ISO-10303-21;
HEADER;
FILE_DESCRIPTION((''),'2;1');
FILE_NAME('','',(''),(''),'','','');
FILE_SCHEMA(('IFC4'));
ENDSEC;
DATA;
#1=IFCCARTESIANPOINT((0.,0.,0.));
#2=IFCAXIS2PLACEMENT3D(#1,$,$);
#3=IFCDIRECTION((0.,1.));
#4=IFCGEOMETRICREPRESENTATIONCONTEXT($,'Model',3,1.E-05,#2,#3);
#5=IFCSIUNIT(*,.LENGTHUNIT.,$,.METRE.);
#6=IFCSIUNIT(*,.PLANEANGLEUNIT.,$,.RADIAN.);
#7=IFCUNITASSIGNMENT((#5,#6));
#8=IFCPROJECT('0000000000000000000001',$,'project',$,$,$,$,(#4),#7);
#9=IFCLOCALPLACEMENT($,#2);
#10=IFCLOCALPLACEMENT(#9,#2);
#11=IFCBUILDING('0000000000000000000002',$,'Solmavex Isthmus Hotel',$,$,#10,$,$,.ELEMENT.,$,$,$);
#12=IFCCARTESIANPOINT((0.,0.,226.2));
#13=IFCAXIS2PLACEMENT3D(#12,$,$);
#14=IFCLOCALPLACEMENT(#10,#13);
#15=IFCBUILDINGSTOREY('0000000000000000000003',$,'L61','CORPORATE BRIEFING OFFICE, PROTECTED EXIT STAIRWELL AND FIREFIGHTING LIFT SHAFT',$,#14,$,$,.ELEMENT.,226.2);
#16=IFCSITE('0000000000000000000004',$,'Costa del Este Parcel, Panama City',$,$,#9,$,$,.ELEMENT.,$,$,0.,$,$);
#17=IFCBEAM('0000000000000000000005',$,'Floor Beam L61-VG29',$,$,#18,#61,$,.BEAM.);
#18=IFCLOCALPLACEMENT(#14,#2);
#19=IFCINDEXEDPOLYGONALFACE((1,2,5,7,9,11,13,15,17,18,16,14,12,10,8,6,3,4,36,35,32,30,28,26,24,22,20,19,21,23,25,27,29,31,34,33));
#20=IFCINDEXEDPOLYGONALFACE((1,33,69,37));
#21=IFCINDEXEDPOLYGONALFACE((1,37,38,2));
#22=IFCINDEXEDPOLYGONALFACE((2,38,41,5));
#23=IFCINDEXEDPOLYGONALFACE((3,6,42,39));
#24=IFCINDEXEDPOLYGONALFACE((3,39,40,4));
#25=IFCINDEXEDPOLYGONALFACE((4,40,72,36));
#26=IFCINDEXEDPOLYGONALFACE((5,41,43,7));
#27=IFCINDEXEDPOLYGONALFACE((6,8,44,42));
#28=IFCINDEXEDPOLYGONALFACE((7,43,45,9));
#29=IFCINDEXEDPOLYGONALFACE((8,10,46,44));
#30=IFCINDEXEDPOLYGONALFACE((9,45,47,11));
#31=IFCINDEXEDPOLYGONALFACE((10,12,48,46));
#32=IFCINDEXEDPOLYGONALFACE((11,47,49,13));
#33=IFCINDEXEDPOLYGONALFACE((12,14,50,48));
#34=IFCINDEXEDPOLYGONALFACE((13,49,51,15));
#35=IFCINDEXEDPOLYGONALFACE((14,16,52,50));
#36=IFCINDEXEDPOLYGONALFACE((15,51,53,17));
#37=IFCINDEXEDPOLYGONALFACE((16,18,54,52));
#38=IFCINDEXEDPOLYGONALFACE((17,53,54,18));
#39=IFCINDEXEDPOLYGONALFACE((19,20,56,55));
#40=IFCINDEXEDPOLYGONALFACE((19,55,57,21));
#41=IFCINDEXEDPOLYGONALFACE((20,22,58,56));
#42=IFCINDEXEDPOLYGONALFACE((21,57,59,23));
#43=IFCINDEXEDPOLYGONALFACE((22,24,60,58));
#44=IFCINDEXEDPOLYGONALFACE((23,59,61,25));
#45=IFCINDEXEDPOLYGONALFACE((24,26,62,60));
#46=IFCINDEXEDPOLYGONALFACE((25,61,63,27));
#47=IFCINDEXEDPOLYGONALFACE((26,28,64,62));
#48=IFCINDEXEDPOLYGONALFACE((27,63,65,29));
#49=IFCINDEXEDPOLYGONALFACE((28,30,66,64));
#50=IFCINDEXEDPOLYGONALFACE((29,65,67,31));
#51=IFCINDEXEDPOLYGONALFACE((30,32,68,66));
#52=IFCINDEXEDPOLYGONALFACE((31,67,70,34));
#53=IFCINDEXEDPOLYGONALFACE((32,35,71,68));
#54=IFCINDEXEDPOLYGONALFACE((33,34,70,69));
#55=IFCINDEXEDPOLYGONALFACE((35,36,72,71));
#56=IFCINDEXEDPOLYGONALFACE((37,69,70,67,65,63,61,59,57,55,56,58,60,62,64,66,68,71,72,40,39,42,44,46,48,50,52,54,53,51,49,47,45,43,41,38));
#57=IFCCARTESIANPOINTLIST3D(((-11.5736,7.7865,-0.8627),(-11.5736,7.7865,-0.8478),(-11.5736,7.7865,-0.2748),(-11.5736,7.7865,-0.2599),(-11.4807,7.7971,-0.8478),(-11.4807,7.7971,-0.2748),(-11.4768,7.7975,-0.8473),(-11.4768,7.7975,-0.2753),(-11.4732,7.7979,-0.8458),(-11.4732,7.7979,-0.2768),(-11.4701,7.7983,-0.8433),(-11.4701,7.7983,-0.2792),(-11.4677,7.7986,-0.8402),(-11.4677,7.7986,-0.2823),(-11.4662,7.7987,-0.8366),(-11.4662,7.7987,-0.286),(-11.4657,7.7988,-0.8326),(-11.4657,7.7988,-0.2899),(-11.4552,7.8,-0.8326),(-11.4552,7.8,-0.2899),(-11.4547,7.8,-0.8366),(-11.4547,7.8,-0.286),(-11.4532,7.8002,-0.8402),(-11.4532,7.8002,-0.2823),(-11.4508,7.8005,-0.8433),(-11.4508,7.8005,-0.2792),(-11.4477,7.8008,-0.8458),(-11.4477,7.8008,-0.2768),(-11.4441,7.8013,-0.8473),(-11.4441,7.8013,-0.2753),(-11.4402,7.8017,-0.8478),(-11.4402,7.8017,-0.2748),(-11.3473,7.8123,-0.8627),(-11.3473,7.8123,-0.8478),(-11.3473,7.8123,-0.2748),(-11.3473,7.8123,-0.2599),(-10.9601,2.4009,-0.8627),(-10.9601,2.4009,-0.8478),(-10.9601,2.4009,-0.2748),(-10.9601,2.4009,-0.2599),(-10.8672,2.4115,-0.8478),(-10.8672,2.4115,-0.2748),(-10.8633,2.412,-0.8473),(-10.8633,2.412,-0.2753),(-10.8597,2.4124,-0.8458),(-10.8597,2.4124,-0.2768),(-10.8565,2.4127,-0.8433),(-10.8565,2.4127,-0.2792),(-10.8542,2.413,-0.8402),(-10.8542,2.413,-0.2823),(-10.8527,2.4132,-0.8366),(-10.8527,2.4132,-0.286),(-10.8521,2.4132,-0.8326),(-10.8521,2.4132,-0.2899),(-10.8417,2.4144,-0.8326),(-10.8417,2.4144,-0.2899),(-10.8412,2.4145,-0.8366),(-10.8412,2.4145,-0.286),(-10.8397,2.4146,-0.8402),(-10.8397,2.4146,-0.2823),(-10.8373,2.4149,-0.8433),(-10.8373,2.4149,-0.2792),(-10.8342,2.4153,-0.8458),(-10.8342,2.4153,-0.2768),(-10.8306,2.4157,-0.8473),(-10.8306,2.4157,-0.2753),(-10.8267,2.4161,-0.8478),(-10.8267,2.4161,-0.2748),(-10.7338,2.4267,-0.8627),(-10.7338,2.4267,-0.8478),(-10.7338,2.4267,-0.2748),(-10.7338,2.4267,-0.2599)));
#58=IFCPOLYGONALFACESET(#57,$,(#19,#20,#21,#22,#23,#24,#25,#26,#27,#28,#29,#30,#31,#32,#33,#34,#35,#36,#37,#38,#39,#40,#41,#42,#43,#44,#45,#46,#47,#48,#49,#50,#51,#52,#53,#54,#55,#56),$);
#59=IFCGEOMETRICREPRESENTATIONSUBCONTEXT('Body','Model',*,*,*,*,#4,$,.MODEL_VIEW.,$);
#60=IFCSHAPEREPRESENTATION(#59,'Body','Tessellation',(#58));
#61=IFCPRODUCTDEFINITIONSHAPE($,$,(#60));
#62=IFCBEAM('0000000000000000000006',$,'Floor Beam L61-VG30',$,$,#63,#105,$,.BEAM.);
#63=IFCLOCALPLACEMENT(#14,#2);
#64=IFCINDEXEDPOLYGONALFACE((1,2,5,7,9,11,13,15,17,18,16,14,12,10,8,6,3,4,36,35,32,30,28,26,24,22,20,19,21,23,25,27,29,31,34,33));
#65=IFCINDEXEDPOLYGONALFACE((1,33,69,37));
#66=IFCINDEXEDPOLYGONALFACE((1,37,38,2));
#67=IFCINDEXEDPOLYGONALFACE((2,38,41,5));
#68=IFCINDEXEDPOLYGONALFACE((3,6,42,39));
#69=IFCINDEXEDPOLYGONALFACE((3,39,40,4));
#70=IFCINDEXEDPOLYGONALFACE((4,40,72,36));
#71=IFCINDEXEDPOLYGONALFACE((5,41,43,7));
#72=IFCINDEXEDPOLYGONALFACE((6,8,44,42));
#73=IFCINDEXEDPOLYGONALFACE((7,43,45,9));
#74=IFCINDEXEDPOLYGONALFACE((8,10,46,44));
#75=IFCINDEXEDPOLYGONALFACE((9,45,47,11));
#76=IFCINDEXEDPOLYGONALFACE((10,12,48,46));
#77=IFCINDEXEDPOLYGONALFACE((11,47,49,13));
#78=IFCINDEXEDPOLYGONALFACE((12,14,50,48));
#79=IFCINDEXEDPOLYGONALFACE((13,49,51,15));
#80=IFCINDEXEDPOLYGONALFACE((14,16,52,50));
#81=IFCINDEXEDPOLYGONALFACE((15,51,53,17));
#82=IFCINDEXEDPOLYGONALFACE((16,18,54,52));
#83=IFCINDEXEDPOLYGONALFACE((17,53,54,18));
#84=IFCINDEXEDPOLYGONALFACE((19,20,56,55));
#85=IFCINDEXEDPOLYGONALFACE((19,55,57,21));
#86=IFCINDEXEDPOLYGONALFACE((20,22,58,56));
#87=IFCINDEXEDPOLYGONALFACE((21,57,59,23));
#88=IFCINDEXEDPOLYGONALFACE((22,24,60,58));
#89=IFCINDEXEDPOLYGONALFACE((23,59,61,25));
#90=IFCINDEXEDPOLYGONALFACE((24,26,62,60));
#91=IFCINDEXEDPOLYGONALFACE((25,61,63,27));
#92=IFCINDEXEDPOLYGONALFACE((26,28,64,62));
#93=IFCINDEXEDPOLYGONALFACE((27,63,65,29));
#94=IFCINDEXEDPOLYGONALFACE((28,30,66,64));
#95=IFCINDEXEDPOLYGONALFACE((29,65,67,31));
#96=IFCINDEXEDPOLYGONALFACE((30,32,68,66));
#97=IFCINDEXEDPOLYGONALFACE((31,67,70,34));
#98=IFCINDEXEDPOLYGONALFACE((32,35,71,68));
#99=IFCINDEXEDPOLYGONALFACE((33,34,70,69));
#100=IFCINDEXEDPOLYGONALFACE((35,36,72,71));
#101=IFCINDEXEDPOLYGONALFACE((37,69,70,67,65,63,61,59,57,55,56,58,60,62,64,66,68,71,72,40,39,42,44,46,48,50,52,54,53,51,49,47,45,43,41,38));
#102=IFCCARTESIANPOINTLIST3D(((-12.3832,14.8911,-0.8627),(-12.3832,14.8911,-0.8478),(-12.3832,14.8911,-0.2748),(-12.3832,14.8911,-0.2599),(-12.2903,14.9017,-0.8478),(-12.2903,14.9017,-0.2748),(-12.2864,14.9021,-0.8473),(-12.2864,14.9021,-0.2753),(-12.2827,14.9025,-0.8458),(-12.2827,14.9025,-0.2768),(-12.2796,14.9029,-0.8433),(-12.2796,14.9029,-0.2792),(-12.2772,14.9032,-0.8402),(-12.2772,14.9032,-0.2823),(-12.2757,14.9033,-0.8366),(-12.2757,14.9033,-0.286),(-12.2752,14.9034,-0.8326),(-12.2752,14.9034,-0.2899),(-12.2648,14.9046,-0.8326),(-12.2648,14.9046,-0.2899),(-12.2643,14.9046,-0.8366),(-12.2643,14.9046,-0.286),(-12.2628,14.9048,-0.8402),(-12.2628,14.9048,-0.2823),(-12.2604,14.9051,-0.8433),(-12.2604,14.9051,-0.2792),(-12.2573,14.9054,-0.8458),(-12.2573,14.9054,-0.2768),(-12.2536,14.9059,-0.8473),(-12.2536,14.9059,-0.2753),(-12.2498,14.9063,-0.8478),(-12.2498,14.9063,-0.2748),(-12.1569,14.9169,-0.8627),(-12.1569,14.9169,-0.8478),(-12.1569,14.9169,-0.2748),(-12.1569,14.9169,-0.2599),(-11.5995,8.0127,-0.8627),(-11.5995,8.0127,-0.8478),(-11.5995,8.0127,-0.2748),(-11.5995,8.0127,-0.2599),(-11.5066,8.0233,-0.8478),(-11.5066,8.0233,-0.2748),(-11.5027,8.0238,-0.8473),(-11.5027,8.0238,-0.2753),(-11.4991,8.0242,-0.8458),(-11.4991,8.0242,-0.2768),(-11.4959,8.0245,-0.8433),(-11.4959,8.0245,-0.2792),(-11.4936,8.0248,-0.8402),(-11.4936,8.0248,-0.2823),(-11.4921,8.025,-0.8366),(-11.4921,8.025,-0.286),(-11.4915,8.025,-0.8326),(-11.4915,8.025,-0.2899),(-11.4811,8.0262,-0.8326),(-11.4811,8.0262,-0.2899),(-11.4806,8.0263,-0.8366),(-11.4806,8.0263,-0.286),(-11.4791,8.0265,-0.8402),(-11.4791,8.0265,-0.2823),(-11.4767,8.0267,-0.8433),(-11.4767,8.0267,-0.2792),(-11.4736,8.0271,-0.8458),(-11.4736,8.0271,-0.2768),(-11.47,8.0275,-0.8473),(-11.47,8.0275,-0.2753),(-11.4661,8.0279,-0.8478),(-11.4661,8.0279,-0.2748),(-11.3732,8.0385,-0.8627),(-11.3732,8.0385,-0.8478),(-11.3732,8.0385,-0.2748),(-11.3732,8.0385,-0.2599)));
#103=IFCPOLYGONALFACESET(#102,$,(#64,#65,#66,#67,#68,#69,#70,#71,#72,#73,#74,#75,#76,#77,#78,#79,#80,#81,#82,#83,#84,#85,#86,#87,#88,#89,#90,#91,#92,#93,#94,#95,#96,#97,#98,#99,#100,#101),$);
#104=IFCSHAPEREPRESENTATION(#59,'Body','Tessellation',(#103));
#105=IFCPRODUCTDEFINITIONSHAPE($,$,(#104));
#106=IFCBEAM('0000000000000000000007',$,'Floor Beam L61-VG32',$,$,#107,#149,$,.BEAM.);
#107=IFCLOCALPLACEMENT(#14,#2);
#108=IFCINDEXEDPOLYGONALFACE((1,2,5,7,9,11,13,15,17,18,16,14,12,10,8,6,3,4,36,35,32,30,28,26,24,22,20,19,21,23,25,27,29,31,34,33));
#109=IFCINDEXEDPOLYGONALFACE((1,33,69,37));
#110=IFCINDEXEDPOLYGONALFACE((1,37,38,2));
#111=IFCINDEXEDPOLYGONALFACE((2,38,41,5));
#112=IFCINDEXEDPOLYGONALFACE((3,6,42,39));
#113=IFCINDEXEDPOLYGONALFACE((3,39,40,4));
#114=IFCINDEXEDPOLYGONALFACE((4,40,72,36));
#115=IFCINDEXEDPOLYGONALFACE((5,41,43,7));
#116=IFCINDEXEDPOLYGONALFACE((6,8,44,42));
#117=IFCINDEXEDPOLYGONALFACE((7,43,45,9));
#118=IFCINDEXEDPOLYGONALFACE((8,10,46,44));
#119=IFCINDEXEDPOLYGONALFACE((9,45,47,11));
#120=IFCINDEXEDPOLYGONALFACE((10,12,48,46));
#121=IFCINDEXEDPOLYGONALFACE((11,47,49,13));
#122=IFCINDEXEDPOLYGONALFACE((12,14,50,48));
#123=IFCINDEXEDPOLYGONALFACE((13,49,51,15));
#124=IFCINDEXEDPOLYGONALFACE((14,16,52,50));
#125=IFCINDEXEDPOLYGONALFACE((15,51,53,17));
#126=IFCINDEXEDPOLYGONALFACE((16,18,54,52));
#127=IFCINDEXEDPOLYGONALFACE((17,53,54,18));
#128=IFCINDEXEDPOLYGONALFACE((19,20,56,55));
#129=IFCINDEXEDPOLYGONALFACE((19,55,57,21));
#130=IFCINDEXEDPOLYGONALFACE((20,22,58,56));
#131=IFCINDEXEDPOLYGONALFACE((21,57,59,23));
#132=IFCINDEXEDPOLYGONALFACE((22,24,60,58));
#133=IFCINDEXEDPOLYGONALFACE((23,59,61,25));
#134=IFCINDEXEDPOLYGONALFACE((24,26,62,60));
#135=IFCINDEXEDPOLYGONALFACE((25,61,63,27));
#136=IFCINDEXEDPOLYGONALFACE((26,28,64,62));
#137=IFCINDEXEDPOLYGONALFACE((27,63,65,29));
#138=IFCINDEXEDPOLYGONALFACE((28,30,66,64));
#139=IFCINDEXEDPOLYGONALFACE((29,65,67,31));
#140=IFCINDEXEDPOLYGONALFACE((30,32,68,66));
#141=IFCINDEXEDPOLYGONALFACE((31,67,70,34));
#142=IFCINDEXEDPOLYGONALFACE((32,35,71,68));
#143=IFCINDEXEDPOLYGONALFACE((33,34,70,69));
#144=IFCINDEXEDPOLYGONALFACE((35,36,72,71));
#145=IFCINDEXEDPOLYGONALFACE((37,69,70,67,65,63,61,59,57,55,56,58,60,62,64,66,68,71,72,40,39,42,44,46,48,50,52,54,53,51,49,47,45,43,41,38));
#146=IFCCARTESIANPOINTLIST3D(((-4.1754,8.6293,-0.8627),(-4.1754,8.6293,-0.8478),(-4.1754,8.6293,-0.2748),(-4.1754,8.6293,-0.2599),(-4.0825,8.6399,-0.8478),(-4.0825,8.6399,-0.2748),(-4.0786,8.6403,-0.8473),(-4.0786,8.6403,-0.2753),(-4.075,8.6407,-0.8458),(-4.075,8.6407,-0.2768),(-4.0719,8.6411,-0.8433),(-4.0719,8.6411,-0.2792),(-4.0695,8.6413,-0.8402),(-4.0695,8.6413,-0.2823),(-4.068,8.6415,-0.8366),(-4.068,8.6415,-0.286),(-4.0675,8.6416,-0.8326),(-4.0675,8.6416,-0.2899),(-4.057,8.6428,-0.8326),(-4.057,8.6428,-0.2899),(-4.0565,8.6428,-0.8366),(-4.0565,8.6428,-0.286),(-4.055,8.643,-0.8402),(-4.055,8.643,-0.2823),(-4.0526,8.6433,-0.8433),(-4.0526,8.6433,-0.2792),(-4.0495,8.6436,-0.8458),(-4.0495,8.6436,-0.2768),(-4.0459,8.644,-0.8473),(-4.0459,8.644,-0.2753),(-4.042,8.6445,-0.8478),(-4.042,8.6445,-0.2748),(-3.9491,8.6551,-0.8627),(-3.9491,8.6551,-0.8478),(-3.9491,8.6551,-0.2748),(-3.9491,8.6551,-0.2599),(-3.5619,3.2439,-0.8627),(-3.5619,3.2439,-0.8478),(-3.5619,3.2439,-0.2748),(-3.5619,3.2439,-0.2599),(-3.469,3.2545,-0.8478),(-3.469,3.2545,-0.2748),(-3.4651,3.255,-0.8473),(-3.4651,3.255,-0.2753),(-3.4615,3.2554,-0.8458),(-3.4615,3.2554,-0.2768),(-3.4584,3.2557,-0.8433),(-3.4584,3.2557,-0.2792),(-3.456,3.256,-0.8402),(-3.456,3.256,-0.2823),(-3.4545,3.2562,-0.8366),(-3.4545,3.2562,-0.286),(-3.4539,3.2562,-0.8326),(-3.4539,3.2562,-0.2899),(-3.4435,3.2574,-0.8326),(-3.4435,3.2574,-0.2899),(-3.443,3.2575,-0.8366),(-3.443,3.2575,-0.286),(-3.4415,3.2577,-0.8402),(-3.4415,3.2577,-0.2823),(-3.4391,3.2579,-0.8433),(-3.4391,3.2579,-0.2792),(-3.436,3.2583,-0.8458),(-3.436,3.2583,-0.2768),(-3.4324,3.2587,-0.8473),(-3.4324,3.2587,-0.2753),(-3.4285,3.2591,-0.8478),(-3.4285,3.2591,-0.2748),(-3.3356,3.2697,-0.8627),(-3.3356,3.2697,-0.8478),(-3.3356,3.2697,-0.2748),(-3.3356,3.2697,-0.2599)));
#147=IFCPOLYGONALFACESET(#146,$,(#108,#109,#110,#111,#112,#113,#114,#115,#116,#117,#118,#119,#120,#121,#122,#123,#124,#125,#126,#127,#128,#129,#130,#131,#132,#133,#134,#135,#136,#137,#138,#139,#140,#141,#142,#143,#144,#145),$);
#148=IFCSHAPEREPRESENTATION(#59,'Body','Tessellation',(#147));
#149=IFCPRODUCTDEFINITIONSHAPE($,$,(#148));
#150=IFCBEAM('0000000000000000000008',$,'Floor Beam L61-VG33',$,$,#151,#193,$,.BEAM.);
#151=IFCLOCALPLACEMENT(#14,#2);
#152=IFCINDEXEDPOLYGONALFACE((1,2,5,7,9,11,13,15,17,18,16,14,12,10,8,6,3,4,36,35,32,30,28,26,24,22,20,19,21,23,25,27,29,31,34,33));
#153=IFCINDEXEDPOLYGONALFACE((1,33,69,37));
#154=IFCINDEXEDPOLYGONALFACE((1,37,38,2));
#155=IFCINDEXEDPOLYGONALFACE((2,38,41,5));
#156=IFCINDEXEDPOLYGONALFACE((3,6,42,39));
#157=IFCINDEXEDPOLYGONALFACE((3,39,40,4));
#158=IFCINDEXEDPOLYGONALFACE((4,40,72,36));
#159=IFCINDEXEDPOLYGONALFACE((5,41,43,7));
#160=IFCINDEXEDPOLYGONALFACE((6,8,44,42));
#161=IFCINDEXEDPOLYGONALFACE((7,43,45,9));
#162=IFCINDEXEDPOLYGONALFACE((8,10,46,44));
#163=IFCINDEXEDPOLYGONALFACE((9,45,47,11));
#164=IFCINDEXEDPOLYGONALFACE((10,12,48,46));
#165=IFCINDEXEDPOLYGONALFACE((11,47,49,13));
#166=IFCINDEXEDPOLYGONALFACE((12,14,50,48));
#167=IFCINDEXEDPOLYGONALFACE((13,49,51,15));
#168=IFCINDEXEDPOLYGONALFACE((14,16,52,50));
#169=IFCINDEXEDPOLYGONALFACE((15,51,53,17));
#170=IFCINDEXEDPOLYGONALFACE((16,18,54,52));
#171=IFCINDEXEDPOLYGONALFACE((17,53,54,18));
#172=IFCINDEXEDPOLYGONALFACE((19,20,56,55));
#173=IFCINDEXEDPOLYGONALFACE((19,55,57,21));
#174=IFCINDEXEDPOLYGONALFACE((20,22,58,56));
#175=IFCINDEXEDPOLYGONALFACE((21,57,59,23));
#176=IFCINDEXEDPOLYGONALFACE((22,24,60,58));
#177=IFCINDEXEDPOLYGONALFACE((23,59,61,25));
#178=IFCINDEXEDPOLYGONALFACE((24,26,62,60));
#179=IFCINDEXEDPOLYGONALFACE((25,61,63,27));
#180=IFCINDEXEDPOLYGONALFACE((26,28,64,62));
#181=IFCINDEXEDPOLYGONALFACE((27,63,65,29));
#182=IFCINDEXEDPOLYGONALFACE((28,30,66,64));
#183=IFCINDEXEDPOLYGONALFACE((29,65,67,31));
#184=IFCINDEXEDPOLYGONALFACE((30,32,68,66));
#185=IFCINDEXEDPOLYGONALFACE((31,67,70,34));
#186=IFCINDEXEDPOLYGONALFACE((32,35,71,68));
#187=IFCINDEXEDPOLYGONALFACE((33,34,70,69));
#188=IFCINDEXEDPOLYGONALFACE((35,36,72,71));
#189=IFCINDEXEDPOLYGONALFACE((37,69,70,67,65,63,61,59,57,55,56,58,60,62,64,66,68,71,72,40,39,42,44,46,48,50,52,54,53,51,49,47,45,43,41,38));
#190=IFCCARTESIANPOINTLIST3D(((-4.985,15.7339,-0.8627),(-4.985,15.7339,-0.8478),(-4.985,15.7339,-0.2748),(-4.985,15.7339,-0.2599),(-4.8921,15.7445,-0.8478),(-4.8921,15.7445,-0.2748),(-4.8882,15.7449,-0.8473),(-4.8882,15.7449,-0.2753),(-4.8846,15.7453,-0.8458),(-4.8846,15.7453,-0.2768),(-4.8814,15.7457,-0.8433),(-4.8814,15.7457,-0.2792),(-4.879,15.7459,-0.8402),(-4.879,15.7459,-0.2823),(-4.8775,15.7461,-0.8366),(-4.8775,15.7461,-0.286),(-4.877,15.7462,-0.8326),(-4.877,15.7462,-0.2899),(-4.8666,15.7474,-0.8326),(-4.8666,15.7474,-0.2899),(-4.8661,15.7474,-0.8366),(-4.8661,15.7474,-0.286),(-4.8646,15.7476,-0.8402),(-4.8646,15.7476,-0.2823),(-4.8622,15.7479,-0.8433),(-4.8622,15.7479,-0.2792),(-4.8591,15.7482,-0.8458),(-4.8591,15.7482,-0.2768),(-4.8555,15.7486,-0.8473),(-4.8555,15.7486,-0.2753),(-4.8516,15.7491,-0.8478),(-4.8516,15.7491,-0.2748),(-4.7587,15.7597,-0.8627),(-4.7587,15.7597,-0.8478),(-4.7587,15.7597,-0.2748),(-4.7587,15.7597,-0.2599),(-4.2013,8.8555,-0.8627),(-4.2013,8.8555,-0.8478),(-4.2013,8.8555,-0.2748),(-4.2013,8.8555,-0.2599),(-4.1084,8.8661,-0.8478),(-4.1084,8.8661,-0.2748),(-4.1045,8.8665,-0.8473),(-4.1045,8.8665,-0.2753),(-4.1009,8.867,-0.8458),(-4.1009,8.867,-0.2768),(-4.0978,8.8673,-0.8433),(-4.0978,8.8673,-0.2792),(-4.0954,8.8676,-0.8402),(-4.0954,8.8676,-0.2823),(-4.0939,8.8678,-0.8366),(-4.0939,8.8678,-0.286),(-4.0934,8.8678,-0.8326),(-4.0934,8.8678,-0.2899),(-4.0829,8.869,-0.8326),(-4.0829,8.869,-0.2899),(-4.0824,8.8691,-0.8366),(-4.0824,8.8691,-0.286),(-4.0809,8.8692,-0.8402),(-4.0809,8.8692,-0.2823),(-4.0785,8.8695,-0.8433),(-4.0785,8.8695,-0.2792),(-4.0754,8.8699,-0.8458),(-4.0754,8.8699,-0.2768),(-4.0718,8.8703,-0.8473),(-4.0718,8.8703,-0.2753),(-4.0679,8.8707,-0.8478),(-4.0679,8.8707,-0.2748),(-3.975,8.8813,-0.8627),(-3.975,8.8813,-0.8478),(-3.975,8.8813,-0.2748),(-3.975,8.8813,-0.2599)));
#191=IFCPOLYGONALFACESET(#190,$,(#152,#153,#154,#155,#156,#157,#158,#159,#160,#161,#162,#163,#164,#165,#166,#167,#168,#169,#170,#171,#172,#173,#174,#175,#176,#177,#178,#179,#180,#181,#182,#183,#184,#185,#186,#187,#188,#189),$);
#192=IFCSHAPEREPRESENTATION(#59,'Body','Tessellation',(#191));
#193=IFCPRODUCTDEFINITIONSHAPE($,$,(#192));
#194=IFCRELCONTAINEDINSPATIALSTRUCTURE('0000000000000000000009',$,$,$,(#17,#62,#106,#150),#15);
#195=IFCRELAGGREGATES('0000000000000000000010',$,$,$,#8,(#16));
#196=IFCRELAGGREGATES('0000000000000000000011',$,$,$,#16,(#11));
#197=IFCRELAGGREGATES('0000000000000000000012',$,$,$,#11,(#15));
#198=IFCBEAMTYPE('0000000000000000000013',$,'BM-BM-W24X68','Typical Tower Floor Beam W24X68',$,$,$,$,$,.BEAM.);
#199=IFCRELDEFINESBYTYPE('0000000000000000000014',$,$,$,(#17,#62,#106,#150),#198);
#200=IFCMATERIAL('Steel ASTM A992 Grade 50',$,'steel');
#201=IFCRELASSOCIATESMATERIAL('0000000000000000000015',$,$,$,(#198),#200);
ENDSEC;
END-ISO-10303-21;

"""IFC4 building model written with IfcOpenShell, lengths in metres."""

from ifc_helpers import new_model, si_unit, direction, frame, origin, origin_2d, place, context, subcontext, project, spatial, i_section, extrude, material, material_profile, profile_set, type_object, element, save


model = new_model("IFC4")

# Units and contexts
model_context = context("Model", 3, precision=1e-05, world=origin(), true_north=direction((0.0, 1.0)))
body_context = subcontext(model_context, "Body", "Model", "MODEL_VIEW")
ifc_project = project(units=[si_unit("LENGTHUNIT", "METRE"), si_unit("PLANEANGLEUNIT", "RADIAN")], contexts=[model_context])

# Site, building, storey
site_placement = place(None, origin())
site = spatial("IfcSite", under=ifc_project, at=site_placement, Name="Costa del Este Parcel, Panama City", CompositionType="ELEMENT", RefElevation=0.0)
building_placement = place(site_placement, origin())
building = spatial("IfcBuilding", under=site, at=building_placement, Name="Solmavex Isthmus Hotel", CompositionType="ELEMENT")
storey_placement = place(building_placement, frame((0.0, 0.0, 226.2)))
storey = spatial("IfcBuildingStorey", under=building, at=storey_placement, Name="L61", Description="CORPORATE BRIEFING OFFICE, PROTECTED EXIT STAIRWELL AND FIREFIGHTING LIFT SHAFT", CompositionType="ELEMENT", Elevation=226.2)

# Beams
ifc_material_1 = material(Name="Steel ASTM A992 Grade 50", Category="steel")
ifc_material_profile_1 = material_profile(ifc_material_1, i_section(OverallWidth=0.2278, OverallDepth=0.6028, WebThickness=0.0105, FlangeThickness=0.0149, FilletRadius=0.0151, at=origin_2d()), Name="W24X68")
ifc_profile_set_1 = profile_set([ifc_material_profile_1], Name="Steel ASTM A992 Grade 50")
beam_type_1 = type_object("IfcBeamType", Name="BM-BM-W24X68", Description="Typical Tower Floor Beam W24X68", PredefinedType="BEAM", material=ifc_profile_set_1)
beam_1_placement = place(storey_placement, frame((-10.8469, 2.4138, -0.5613), z_axis=(-0.11319, 0.993573, 0.0), x_axis=(-0.993573, -0.11319, 0.0)))
element("IfcBeam", 1, at=beam_1_placement, inside=storey, type_object=beam_type_1, Name="Floor Beam L61-VG29", PredefinedType="BEAM", context=body_context, shape_type="SweptSolid", body=[
    extrude(i_section(OverallWidth=0.2278, OverallDepth=0.6028, WebThickness=0.0105, FlangeThickness=0.0149, FilletRadius=0.0151, at=origin_2d()), origin(), (0.0, 0.0, 1.0), 5.4204),
])
beam_2_placement = place(storey_placement, frame((-11.4863, 8.0256, -0.5613), z_axis=(-0.113202, 0.993572, 0.0), x_axis=(-0.993572, -0.113202, 0.0)))
element("IfcBeam", 2, at=beam_2_placement, inside=storey, type_object=beam_type_1, Name="Floor Beam L61-VG30", PredefinedType="BEAM", context=body_context, shape_type="SweptSolid", body=[
    extrude(i_section(OverallWidth=0.2278, OverallDepth=0.6028, WebThickness=0.0105, FlangeThickness=0.0149, FilletRadius=0.0151, at=origin_2d()), origin(), (0.0, 0.0, 1.0), 6.9229),
])
beam_3_placement = place(storey_placement, frame((-3.4487, 3.2568, -0.5613), z_axis=(-0.113195, 0.993573, 0.0), x_axis=(-0.993573, -0.113195, 0.0)))
element("IfcBeam", 3, at=beam_3_placement, inside=storey, type_object=beam_type_1, Name="Floor Beam L61-VG32", PredefinedType="BEAM", context=body_context, shape_type="SweptSolid", body=[
    extrude(i_section(OverallWidth=0.2278, OverallDepth=0.6028, WebThickness=0.0105, FlangeThickness=0.0149, FilletRadius=0.0151, at=origin_2d()), origin(), (0.0, 0.0, 1.0), 5.4202),
])
beam_4_placement = place(storey_placement, frame((-4.0881, 8.8684, -0.5613), z_axis=(-0.113202, 0.993572, 0.0), x_axis=(-0.993572, -0.113202, 0.0)))
element("IfcBeam", 4, at=beam_4_placement, inside=storey, type_object=beam_type_1, Name="Floor Beam L61-VG33", PredefinedType="BEAM", context=body_context, shape_type="SweptSolid", body=[
    extrude(i_section(OverallWidth=0.2278, OverallDepth=0.6028, WebThickness=0.0105, FlangeThickness=0.0149, FilletRadius=0.0151, at=origin_2d()), origin(), (0.0, 0.0, 1.0), 6.9229),
])

save(model, "model.ifc")
